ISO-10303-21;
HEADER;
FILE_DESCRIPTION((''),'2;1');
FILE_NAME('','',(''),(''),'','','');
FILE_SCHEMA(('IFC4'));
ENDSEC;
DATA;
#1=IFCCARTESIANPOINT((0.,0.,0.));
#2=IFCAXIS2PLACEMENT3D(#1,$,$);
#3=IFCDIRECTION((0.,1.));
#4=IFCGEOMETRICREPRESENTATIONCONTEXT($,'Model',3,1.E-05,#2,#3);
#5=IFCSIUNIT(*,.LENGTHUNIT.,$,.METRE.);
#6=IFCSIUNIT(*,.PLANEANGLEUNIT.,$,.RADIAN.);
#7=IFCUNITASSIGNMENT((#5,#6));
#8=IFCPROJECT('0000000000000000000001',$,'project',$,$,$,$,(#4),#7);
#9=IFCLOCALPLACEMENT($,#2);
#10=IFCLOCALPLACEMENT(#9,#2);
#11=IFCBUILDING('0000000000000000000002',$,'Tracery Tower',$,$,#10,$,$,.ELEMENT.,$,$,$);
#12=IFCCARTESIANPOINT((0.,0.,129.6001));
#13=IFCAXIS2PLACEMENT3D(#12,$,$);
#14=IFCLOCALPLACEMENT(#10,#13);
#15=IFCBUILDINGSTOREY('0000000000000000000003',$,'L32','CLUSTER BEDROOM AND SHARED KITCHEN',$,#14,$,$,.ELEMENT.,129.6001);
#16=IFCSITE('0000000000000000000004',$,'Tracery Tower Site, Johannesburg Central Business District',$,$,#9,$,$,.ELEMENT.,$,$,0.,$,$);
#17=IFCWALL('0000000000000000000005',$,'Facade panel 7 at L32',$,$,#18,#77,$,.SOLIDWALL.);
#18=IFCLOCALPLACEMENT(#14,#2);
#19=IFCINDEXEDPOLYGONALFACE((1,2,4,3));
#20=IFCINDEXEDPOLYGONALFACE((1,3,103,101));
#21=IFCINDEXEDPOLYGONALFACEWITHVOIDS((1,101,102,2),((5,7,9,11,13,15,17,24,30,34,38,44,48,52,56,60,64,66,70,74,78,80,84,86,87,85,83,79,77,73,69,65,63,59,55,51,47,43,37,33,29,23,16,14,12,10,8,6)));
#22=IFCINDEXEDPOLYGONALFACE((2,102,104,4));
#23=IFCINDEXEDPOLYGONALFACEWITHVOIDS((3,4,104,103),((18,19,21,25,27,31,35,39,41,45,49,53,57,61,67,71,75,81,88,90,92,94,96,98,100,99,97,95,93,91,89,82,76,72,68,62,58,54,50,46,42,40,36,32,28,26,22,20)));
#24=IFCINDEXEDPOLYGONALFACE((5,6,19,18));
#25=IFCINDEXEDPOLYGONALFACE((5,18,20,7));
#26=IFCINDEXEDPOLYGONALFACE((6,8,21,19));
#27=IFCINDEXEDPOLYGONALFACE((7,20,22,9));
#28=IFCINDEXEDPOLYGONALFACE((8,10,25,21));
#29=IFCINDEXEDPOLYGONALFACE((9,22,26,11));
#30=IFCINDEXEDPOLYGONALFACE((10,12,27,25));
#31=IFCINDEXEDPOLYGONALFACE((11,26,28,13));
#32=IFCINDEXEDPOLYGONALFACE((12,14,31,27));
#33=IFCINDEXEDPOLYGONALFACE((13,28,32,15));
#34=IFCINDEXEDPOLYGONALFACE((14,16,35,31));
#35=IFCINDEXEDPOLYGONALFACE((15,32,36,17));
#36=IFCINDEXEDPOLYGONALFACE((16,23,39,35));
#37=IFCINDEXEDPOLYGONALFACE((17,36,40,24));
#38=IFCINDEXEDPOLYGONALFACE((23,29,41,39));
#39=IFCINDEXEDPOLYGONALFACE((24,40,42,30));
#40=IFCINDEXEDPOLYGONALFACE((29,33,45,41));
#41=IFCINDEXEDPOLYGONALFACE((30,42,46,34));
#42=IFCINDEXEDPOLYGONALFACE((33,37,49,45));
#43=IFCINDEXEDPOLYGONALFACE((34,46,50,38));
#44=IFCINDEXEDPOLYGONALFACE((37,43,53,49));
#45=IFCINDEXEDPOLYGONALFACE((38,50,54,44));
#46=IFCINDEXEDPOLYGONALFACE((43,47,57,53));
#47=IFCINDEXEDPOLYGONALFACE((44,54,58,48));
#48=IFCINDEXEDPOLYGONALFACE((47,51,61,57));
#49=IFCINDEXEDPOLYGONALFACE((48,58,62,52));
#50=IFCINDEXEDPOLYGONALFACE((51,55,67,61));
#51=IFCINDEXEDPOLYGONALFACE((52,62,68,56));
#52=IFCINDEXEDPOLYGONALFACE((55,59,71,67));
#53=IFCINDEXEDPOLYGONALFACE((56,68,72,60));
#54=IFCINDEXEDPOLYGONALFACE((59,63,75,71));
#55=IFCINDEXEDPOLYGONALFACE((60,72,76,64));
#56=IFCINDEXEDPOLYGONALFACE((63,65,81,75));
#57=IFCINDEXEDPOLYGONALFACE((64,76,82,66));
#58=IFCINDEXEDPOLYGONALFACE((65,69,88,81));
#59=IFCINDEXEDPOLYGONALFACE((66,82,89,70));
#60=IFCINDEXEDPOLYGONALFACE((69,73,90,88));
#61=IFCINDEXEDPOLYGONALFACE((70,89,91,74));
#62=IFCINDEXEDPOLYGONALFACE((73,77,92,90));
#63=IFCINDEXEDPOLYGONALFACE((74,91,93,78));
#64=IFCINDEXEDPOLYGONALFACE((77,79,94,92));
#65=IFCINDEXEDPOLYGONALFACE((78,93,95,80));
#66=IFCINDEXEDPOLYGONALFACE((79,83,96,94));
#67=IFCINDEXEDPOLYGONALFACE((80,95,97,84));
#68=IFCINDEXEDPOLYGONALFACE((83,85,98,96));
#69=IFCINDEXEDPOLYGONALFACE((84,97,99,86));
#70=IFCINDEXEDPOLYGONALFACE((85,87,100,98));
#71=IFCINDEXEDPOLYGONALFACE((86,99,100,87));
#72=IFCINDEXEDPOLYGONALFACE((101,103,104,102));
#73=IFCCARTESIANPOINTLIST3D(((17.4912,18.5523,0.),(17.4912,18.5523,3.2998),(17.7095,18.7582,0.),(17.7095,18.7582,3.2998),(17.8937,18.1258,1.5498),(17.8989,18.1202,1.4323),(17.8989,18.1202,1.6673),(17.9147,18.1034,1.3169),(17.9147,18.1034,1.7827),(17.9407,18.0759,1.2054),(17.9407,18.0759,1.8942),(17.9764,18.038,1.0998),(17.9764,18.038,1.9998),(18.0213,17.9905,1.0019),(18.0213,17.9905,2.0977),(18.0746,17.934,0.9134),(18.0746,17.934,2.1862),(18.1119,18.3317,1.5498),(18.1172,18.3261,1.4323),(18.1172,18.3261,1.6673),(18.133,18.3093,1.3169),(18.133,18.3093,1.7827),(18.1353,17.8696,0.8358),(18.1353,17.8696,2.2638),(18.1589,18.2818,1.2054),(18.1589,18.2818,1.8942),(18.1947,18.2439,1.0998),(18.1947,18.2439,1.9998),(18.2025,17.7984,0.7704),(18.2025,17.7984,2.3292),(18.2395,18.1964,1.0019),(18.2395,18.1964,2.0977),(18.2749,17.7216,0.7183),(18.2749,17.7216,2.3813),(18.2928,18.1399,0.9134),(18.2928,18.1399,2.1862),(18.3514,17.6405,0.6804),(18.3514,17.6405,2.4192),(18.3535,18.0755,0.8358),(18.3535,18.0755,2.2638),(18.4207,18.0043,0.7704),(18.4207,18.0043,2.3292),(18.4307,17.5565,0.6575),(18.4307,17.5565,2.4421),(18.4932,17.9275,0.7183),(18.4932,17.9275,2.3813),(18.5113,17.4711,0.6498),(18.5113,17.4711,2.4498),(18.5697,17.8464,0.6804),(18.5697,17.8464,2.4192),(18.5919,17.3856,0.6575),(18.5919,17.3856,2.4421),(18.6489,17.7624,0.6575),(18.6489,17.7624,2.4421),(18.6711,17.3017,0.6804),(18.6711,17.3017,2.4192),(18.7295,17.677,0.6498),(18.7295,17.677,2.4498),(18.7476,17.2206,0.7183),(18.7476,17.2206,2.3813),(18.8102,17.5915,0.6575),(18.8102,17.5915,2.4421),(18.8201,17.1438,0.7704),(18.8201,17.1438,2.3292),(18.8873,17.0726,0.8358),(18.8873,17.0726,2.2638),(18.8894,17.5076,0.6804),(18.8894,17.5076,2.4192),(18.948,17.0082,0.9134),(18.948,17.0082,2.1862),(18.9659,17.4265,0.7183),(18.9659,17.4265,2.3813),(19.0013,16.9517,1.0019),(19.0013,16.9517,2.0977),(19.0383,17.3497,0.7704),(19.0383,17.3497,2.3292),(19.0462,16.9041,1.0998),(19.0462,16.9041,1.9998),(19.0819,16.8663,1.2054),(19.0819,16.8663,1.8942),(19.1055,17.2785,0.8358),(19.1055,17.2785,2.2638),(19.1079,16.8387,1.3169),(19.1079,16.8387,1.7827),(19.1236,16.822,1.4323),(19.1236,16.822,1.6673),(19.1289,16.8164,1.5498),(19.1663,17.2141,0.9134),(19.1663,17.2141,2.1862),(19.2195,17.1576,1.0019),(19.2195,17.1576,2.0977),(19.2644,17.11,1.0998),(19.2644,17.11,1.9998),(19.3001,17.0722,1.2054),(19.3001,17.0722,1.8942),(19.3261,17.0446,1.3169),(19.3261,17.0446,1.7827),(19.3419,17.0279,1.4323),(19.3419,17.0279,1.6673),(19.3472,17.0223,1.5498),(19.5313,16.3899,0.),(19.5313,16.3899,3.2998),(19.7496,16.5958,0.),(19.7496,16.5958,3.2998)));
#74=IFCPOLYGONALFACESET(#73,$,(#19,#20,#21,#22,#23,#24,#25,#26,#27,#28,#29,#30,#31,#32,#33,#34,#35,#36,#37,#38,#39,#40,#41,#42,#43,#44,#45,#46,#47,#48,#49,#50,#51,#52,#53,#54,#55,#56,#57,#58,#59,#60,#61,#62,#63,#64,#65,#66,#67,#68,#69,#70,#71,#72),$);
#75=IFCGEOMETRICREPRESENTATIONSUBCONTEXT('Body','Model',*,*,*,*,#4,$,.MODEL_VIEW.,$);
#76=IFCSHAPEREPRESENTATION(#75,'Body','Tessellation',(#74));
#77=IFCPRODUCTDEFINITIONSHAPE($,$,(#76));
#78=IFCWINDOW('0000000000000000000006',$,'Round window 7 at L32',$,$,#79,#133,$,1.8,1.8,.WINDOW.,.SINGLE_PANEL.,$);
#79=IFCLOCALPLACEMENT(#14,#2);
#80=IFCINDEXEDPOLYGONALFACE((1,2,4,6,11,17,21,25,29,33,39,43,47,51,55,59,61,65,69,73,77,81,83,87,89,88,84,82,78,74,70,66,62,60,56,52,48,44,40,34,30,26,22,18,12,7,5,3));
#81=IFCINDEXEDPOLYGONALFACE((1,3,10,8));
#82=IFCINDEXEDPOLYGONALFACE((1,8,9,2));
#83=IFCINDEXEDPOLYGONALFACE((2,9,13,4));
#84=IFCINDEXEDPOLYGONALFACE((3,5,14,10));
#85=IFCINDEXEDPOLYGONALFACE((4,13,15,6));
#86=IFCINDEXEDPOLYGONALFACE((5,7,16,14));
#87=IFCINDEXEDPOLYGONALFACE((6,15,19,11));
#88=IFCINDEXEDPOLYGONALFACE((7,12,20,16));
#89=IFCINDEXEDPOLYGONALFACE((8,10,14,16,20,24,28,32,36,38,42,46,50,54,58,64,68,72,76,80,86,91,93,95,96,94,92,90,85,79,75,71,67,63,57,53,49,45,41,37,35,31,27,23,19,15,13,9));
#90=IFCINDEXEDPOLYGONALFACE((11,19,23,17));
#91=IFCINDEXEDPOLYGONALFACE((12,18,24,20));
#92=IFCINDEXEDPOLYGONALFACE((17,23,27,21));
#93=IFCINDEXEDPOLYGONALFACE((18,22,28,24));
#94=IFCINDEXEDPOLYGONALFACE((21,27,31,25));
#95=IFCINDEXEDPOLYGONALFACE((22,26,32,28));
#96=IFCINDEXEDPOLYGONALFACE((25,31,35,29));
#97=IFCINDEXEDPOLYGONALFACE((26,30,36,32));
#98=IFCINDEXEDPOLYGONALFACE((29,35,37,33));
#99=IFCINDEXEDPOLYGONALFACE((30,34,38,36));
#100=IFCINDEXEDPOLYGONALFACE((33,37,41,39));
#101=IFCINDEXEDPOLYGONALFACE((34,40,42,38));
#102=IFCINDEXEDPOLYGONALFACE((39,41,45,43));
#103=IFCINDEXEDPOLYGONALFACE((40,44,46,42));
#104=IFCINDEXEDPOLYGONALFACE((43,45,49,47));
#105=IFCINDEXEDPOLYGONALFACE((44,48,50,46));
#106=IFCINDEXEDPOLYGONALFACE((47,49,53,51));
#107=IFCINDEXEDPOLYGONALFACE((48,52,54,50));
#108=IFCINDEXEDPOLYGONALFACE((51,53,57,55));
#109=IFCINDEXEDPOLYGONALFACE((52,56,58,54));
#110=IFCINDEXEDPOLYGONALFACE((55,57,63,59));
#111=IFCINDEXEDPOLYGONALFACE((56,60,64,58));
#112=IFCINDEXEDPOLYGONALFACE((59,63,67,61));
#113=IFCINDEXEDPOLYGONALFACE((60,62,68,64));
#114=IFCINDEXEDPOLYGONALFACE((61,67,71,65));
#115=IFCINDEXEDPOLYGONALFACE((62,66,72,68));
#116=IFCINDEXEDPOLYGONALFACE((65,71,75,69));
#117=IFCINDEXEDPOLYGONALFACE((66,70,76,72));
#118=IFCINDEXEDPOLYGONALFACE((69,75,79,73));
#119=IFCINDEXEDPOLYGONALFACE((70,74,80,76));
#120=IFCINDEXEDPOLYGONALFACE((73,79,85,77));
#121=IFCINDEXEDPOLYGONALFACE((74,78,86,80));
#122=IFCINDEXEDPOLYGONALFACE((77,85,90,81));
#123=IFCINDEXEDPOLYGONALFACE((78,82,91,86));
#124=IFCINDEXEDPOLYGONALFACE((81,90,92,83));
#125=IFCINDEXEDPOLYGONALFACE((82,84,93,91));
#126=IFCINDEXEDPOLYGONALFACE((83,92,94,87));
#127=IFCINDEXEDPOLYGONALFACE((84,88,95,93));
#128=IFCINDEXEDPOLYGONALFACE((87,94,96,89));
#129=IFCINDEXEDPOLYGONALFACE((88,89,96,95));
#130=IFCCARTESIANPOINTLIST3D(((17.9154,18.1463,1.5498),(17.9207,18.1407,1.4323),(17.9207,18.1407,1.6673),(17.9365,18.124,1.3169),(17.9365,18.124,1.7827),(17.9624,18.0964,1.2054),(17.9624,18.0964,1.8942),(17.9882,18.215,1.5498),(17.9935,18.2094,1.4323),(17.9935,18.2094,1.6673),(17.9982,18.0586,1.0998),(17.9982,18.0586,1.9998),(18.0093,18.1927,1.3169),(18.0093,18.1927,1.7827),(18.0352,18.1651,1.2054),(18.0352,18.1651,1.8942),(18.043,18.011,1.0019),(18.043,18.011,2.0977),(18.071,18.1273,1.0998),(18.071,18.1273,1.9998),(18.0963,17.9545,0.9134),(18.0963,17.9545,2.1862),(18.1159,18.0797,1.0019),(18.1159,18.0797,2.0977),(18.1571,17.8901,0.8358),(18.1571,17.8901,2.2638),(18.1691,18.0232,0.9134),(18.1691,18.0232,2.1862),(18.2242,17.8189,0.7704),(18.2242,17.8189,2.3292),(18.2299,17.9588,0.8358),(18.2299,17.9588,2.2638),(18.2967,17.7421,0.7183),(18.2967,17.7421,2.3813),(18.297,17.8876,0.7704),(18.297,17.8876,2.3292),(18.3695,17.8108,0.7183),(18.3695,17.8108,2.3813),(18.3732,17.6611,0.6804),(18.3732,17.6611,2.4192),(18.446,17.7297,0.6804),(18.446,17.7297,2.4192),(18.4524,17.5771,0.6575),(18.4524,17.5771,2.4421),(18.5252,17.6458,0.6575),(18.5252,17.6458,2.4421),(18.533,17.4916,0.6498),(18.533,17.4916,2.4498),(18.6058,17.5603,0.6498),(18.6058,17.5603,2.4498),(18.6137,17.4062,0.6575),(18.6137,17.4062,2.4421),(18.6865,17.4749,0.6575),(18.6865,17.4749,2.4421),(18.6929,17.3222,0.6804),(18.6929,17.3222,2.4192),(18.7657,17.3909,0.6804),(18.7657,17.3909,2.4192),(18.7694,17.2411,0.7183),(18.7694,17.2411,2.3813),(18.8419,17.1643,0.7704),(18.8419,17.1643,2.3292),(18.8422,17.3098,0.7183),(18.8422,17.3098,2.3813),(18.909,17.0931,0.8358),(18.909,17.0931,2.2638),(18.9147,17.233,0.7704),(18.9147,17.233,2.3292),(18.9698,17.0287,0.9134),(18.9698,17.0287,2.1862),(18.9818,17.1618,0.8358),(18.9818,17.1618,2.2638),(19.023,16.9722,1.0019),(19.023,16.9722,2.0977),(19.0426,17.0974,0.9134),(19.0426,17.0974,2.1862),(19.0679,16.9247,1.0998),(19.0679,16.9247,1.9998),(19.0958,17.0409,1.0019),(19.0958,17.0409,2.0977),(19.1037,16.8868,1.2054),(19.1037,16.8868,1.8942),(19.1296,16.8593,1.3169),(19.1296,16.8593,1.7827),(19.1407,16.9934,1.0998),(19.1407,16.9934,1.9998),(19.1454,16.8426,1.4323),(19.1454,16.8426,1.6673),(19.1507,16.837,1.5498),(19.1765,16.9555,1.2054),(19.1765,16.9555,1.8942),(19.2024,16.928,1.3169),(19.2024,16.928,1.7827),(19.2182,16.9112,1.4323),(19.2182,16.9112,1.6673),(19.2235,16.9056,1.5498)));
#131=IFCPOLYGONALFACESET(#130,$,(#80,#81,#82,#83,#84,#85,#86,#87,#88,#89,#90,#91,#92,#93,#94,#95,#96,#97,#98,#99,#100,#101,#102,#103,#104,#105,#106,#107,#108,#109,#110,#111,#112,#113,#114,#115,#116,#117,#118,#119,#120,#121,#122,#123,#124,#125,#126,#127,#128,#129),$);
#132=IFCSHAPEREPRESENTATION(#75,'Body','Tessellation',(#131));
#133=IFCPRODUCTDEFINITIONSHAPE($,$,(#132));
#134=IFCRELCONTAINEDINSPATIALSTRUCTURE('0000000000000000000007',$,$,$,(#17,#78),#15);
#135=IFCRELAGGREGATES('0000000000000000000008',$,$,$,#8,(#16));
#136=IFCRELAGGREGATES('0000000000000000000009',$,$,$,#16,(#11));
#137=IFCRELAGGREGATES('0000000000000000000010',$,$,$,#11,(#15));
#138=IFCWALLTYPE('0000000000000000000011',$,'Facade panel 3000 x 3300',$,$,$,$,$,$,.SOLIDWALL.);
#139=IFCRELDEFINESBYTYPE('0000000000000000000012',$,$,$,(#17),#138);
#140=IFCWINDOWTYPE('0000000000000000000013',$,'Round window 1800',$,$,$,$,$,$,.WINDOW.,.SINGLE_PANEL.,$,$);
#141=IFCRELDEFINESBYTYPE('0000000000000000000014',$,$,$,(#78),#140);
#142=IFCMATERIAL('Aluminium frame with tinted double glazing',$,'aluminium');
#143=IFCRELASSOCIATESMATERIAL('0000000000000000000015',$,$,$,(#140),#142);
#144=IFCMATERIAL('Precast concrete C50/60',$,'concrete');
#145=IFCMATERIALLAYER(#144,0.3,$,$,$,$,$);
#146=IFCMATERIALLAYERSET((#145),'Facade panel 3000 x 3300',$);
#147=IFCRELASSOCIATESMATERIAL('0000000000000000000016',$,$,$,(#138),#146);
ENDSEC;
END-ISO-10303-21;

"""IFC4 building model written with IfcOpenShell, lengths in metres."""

from ifc_helpers import new_model, si_unit, direction, frame, frame_2d, origin, origin_2d, place, context, subcontext, project, spatial, rectangle, circle, extrude, material, layer, layer_set, type_object, element, fill, save


model = new_model("IFC4")

# Units and contexts
model_context = context("Model", 3, precision=1e-05, world=origin(), true_north=direction((0.0, 1.0)))
body_context = subcontext(model_context, "Body", "Model", "MODEL_VIEW")
ifc_project = project(units=[si_unit("LENGTHUNIT", "METRE"), si_unit("PLANEANGLEUNIT", "RADIAN")], contexts=[model_context])

# Site, building, storey
site_placement = place(None, origin())
site = spatial("IfcSite", under=ifc_project, at=site_placement, Name="Tracery Tower Site, Johannesburg Central Business District", CompositionType="ELEMENT", RefElevation=0.0)
building_placement = place(site_placement, origin())
building = spatial("IfcBuilding", under=site, at=building_placement, Name="Tracery Tower", CompositionType="ELEMENT")
storey_placement = place(building_placement, frame((0.0, 0.0, 129.6001)))
storey = spatial("IfcBuildingStorey", under=building, at=storey_placement, Name="L32", Description="CLUSTER BEDROOM AND SHARED KITCHEN", CompositionType="ELEMENT", Elevation=129.6001)

# Wall, opening, window
ifc_material_1 = material(Name="Aluminium frame with tinted double glazing", Category="aluminium")
window_type = type_object("IfcWindowType", Name="Round window 1800", PartitioningType="SINGLE_PANEL", PredefinedType="WINDOW", material=ifc_material_1)
ifc_material_2 = material(Name="Precast concrete C50/60", Category="concrete")
ifc_layer_1 = layer(ifc_material_2, 0.3)
ifc_layer_set_1 = layer_set([ifc_layer_1], Name="Facade panel 3000 x 3300")
wall_type_1 = type_object("IfcWallType", Name="Facade panel 3000 x 3300", PredefinedType="SOLIDWALL", material=ifc_layer_set_1)
wall_1_placement = place(storey_placement, frame((19.6404, 16.4929, 0.0), z_axis=(0.0, 0.0, 1.0), x_axis=(-0.686235, 0.72738, 0.0)))
wall_1 = element("IfcWall", 1, at=wall_1_placement, inside=storey, type_object=wall_type_1, Name="Facade panel 7 at L32", PredefinedType="SOLIDWALL", context=body_context, shape_type="SweptSolid", body=[
    extrude(rectangle(XDim=2.9729, YDim=0.3, at=frame_2d((1.4863, 0.0))), origin(), (0.0, 0.0, 1.0), 3.2998),
])
opening_1_placement = place(wall_1_placement, frame((1.4863, 0.0, 1.5498)))
opening_1 = element("IfcOpeningElement", 2, at=opening_1_placement, cuts=wall_1, PredefinedType="OPENING", context=body_context, shape_type="SweptSolid", body=[
    extrude(circle(Radius=0.9, at=origin_2d()), frame((0.0, 0.1599, 0.0), z_axis=(0.0, -1.0, 0.0), x_axis=(1.0, 0.0, 0.0)), (0.0, 0.0, 1.0), 0.3201),
])
window_1_placement = place(opening_1_placement, origin())
window_1 = element("IfcWindow", 3, at=window_1_placement, inside=storey, type_object=window_type, Name="Round window 7 at L32", OverallHeight=1.8, OverallWidth=1.8, PartitioningType="SINGLE_PANEL", PredefinedType="WINDOW", context=body_context, shape_type="SweptSolid", body=[
    extrude(circle(Radius=0.9, at=origin_2d()), frame((0.0, 0.1201, 0.0), z_axis=(0.0, -1.0, 0.0), x_axis=(1.0, 0.0, 0.0)), (0.0, 0.0, 1.0), 0.1001),
])
fill(opening_1, window_1)

save(model, "model.ifc")
